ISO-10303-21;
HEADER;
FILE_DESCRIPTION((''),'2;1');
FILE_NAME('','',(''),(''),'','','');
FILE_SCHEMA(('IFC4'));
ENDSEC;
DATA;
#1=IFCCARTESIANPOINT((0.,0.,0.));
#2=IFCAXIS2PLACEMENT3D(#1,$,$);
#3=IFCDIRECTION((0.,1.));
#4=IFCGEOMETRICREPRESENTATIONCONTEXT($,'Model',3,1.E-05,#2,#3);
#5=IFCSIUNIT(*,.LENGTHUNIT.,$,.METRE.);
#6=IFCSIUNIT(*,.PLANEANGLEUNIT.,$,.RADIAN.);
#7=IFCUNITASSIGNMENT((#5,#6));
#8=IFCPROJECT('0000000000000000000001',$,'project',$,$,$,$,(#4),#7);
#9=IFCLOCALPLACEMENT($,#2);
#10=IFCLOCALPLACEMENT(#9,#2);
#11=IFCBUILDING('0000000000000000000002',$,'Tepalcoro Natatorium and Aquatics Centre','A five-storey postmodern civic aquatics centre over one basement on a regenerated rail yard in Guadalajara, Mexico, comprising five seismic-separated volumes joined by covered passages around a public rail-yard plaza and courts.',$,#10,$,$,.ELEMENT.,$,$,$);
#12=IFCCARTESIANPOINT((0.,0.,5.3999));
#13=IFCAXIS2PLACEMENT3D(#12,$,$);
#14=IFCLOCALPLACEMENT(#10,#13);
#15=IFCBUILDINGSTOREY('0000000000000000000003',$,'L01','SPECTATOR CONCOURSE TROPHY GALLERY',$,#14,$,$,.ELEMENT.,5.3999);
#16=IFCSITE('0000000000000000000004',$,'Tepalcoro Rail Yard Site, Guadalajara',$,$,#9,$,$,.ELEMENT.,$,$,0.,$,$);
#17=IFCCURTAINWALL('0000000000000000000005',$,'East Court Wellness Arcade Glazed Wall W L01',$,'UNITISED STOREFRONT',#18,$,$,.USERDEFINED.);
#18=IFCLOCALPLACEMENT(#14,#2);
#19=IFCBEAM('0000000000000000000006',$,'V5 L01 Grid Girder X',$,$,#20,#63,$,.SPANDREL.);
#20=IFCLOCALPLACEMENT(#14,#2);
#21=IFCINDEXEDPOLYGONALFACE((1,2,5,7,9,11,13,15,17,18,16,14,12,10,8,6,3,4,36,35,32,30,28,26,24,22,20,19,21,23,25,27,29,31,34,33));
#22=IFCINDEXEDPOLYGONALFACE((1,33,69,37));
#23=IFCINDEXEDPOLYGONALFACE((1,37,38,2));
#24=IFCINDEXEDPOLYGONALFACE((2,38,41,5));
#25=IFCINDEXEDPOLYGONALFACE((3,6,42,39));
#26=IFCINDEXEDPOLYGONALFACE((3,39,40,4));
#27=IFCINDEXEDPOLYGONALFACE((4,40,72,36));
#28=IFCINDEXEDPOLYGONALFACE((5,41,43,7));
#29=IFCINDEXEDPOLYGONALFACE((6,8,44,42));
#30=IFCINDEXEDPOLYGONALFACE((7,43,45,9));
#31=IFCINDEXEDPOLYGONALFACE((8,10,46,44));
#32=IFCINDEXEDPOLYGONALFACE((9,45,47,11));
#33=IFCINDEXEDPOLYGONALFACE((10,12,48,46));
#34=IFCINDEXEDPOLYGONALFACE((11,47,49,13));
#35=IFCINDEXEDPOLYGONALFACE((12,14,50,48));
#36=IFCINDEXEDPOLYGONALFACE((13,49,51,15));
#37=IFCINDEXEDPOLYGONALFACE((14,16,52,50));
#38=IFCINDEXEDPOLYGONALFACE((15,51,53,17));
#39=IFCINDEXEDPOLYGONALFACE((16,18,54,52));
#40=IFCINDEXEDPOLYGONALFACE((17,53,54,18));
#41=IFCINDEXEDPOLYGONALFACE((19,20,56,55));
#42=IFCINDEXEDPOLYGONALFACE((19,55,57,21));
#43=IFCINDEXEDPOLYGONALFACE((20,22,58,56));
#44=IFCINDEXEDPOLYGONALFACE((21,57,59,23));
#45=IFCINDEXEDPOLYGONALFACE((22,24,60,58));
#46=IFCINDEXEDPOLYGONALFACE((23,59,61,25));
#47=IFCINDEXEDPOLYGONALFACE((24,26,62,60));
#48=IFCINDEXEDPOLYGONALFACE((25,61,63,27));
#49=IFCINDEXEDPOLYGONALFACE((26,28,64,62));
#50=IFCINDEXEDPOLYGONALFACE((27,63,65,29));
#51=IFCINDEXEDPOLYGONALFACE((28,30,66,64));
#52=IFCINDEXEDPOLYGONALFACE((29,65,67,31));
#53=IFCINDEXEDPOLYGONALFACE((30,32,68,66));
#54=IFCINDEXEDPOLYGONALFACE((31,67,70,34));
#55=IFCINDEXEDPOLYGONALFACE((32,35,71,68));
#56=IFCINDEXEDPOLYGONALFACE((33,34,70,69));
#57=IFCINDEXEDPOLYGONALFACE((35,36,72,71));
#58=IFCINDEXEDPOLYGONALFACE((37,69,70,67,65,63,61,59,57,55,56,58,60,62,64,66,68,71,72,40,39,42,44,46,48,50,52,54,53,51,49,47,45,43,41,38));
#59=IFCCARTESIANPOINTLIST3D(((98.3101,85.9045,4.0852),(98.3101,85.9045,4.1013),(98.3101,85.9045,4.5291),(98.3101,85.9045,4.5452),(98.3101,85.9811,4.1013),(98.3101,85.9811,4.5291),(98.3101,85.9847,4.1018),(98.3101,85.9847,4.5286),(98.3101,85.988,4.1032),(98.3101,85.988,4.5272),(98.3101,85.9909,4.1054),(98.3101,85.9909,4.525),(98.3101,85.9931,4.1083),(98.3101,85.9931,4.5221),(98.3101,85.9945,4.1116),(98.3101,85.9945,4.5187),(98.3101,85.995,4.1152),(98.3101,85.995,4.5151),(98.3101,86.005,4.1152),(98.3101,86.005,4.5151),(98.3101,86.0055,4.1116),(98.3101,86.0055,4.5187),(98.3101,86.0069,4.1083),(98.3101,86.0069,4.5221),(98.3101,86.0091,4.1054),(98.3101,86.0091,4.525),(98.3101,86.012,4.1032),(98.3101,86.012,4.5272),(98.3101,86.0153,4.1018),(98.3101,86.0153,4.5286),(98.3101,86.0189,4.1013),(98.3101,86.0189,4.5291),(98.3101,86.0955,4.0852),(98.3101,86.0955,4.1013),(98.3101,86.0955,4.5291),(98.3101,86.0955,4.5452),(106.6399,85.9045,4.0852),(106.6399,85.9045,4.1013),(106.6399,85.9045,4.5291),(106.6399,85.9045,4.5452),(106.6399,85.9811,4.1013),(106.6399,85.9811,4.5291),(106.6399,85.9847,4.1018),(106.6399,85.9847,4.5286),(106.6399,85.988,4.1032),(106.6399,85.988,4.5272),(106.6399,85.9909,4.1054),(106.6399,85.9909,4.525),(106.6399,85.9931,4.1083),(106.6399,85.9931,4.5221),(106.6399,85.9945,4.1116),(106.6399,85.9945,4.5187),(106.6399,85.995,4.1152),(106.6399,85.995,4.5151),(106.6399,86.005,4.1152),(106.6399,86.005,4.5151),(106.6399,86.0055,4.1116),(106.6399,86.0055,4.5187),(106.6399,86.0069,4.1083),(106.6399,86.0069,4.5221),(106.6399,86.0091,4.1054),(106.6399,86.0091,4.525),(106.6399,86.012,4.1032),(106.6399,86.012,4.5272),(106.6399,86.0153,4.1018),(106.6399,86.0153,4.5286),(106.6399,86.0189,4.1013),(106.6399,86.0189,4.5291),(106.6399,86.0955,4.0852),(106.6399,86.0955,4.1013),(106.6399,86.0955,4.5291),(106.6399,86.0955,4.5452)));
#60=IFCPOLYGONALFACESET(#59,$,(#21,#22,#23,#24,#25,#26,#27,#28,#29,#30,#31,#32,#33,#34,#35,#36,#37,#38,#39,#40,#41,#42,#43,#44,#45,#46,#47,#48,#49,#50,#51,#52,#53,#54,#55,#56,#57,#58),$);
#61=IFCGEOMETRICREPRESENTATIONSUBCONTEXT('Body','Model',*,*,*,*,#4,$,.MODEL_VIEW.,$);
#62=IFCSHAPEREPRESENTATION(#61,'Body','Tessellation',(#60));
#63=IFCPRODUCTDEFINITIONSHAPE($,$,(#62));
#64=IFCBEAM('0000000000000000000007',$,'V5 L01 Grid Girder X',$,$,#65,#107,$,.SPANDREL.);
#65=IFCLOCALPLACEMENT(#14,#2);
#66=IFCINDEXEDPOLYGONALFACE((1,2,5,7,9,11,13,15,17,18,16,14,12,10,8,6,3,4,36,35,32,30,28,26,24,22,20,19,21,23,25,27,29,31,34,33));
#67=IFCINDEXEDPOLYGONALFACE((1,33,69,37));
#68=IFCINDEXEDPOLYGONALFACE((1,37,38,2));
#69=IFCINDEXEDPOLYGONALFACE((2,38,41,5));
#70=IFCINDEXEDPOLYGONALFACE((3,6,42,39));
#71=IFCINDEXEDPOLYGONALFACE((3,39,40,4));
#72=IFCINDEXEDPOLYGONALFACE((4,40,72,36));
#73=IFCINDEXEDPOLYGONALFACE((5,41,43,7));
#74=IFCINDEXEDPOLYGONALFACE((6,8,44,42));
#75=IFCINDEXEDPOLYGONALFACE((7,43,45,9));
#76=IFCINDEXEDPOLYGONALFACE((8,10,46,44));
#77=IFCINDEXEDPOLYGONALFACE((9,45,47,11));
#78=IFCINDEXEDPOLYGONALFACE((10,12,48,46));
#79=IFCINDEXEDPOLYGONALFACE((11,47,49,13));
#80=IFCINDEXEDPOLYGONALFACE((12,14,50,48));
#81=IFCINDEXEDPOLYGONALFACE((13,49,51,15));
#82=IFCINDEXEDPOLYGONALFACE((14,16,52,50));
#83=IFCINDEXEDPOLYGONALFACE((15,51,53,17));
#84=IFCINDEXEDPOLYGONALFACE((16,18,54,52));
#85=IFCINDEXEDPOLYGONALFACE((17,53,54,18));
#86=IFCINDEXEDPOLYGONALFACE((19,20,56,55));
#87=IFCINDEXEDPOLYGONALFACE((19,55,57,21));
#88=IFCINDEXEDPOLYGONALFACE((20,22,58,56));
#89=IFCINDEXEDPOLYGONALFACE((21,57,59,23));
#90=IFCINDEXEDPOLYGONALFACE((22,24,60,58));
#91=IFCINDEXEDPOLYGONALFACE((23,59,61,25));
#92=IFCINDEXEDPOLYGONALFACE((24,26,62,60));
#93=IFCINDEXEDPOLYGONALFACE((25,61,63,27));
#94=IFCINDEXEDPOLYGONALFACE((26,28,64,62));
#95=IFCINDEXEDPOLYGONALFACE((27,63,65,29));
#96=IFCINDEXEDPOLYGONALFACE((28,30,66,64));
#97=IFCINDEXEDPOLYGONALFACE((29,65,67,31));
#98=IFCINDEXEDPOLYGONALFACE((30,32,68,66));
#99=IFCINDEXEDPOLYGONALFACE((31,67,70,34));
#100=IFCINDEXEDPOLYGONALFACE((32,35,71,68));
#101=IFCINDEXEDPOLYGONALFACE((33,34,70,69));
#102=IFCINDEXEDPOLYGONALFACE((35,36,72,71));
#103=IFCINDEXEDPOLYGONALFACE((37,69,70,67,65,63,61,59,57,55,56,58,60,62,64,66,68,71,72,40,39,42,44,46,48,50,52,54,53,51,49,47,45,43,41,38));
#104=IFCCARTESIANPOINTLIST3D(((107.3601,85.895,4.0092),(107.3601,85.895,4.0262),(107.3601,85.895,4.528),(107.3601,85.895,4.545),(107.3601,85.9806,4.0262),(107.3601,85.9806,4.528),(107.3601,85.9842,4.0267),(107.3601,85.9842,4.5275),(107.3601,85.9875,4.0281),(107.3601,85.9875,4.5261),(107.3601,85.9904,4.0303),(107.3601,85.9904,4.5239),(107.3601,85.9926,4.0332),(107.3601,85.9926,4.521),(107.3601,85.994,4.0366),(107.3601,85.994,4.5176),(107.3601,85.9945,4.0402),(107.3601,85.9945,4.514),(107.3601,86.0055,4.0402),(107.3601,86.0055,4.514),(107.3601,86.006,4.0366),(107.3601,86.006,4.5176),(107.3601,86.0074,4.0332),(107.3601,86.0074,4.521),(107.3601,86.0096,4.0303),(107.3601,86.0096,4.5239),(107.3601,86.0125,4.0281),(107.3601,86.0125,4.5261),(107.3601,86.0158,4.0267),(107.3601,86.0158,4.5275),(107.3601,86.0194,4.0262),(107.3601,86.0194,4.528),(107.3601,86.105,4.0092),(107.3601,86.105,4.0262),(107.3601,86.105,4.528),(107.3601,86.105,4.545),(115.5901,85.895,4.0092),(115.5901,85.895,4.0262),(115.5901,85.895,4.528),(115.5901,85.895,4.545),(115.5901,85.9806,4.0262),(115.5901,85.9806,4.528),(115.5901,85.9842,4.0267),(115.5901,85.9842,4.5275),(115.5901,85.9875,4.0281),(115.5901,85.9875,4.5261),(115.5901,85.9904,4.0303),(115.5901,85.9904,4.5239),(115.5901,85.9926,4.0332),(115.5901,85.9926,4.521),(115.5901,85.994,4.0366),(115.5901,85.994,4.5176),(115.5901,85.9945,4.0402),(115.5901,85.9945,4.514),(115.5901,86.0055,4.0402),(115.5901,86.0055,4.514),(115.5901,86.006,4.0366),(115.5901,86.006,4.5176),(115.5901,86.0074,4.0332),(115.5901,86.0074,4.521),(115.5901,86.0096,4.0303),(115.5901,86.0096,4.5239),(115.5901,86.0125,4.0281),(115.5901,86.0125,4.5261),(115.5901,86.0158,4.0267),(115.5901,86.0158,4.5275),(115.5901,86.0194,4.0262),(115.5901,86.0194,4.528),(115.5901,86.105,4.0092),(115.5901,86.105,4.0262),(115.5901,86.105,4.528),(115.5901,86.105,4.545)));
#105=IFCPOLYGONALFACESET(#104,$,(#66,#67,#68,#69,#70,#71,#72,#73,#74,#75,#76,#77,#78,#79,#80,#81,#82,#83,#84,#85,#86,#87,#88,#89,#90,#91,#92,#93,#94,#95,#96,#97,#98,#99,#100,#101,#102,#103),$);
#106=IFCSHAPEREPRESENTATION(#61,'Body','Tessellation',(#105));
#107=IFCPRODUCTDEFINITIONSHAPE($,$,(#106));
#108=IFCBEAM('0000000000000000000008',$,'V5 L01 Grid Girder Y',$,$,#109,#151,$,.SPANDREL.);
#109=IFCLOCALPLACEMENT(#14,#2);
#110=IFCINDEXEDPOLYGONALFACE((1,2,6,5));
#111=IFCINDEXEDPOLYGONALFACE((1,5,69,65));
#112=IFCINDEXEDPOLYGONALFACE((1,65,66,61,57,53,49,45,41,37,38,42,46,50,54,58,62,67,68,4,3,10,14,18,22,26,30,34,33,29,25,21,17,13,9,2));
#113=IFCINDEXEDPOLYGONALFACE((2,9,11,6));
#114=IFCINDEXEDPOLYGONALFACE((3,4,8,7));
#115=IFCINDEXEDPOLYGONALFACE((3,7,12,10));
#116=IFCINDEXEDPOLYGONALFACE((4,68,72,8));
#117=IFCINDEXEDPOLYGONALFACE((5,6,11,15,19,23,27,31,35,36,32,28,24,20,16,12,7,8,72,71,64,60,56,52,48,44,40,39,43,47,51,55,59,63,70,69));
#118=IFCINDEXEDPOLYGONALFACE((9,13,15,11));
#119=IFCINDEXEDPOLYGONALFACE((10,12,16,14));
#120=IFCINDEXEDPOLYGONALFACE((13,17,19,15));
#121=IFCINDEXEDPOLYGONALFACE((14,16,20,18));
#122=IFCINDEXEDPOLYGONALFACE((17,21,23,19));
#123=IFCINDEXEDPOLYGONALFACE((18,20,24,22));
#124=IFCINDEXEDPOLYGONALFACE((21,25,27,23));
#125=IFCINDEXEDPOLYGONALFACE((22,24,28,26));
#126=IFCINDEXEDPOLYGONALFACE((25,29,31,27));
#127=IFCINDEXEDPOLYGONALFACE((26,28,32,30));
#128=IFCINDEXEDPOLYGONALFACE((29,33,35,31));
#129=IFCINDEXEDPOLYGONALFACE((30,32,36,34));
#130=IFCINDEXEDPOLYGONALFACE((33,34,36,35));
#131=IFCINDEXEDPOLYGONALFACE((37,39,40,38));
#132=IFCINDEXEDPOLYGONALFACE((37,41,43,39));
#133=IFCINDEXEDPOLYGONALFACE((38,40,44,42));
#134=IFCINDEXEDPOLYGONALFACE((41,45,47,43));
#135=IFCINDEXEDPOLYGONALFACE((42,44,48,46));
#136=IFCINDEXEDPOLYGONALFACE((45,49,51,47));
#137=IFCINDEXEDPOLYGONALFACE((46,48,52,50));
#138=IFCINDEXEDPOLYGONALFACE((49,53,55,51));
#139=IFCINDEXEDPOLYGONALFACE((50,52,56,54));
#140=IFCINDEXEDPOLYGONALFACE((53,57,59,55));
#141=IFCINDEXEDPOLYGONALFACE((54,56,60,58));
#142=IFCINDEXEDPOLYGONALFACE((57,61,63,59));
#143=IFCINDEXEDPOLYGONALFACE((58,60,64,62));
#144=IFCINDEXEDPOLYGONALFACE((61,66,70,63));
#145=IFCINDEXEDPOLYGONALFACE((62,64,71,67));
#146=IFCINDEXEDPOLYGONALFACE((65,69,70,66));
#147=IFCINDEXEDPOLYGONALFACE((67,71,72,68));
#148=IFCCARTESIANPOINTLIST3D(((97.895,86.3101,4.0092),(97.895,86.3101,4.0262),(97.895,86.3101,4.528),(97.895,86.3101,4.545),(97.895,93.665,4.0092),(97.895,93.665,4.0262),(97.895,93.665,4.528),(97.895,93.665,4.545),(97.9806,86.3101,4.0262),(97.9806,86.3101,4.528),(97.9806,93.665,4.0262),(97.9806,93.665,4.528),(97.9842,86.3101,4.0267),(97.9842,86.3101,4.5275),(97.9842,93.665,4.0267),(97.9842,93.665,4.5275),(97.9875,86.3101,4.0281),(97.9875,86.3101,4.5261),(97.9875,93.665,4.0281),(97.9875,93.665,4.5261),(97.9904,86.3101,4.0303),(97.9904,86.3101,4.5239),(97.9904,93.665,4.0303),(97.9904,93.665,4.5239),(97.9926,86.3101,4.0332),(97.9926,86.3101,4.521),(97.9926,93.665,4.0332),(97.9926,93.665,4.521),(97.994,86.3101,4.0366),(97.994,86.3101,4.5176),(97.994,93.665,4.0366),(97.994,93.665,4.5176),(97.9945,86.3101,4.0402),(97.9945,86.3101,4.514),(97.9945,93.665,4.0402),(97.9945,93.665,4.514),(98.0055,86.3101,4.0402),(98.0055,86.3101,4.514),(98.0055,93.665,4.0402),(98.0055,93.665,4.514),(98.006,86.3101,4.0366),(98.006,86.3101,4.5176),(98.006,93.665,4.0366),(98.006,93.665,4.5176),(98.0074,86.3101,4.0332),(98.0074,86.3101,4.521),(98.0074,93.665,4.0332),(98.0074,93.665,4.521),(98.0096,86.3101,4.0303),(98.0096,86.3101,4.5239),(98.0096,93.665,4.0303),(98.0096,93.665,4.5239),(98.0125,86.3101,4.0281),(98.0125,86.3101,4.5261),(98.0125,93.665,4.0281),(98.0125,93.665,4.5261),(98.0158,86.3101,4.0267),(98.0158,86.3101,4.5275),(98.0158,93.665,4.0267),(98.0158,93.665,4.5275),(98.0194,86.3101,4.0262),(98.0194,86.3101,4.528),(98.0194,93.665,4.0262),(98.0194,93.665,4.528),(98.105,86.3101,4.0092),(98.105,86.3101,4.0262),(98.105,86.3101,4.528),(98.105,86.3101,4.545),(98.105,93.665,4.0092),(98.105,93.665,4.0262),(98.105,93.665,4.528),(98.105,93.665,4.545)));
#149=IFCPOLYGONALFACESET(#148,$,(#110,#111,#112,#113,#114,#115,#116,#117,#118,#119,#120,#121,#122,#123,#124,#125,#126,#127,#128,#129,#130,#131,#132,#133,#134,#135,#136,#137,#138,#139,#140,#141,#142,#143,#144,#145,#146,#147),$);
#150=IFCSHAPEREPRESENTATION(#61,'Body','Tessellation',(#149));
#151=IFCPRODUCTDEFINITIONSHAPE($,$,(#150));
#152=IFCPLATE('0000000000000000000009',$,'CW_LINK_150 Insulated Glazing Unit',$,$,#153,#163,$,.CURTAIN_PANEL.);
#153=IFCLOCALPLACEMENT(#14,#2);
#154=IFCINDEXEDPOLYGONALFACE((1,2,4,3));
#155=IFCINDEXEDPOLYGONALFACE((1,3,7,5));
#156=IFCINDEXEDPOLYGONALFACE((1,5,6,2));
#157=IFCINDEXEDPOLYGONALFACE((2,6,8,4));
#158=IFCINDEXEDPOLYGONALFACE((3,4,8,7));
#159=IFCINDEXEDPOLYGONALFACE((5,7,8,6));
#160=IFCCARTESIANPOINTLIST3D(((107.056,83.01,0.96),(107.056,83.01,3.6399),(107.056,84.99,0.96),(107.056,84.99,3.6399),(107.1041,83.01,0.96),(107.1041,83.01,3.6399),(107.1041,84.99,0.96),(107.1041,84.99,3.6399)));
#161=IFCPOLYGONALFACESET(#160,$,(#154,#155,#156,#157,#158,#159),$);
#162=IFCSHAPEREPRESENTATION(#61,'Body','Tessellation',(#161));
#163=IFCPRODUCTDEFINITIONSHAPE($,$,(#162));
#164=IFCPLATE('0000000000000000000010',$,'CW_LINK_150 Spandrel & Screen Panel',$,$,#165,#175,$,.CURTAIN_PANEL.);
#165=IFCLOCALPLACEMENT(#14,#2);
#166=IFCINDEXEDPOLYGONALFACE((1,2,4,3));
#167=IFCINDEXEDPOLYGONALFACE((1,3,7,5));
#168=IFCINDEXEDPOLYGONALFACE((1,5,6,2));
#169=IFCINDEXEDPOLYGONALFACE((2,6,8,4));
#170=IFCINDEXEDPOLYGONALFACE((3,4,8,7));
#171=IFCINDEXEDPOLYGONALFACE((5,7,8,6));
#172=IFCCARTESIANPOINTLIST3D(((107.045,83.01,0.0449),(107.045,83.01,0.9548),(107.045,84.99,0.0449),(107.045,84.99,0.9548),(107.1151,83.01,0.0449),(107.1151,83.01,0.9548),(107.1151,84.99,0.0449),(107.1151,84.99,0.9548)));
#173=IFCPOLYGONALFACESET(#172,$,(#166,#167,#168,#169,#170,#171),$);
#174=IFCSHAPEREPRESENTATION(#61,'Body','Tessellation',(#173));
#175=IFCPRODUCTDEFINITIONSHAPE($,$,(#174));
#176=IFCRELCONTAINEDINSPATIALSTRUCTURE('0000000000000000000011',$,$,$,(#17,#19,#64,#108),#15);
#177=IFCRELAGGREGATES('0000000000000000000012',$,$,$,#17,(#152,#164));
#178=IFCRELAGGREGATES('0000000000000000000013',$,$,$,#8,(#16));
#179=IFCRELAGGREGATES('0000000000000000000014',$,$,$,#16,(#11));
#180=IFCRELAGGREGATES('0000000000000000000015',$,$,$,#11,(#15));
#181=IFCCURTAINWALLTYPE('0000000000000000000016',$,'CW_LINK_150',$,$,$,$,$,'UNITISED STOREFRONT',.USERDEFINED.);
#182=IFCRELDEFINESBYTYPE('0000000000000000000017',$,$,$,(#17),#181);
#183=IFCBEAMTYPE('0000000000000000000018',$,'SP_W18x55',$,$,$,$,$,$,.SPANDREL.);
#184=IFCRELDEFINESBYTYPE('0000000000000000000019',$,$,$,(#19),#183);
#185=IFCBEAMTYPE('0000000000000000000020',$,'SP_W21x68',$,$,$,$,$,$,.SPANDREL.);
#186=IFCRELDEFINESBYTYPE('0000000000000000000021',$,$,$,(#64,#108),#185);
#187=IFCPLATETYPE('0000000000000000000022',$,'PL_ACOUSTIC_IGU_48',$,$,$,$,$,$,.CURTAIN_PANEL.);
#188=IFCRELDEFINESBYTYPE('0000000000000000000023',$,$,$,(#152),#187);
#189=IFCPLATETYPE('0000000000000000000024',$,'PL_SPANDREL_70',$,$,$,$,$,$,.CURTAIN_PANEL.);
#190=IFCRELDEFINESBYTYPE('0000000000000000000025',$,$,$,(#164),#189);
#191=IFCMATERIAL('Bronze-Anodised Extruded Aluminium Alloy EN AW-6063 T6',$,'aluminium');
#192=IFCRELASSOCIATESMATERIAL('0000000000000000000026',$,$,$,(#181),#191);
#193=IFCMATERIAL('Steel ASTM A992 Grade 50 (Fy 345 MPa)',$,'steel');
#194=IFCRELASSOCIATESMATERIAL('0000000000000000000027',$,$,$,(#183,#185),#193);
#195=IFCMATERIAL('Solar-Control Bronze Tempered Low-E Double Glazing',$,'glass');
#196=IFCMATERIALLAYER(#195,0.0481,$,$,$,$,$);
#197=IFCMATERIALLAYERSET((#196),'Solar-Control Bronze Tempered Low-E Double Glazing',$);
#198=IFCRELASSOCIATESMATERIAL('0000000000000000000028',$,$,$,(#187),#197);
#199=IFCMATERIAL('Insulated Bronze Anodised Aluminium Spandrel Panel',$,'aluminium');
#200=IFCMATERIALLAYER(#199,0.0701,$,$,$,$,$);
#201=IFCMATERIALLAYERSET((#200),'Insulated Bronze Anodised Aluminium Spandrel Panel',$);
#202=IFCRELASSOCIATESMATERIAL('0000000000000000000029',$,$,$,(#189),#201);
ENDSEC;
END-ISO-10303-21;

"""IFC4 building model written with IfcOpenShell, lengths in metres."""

from ifc_helpers import new_model, si_unit, direction, frame, origin, origin_2d, place, context, subcontext, project, spatial, rectangle, i_section, extrude, material, layer, layer_set, material_profile, profile_set, type_object, element, aggregate, save


model = new_model("IFC4")

# Units and contexts
model_context = context("Model", 3, precision=1e-05, world=origin(), true_north=direction((0.0, 1.0)))
body_context = subcontext(model_context, "Body", "Model", "MODEL_VIEW")
ifc_project = project(units=[si_unit("LENGTHUNIT", "METRE"), si_unit("PLANEANGLEUNIT", "RADIAN")], contexts=[model_context])

# Site, building, storey
site_placement = place(None, origin())
site = spatial("IfcSite", under=ifc_project, at=site_placement, Name="Tepalcoro Rail Yard Site, Guadalajara", CompositionType="ELEMENT", RefElevation=0.0)
building_placement = place(site_placement, origin())
building = spatial("IfcBuilding", under=site, at=building_placement, Name="Tepalcoro Natatorium and Aquatics Centre", Description="A five-storey postmodern civic aquatics centre over one basement on a regenerated rail yard in Guadalajara, Mexico, comprising five seismic-separated volumes joined by covered passages around a public rail-yard plaza and courts.", CompositionType="ELEMENT")
storey_placement = place(building_placement, frame((0.0, 0.0, 5.3999)))
storey = spatial("IfcBuildingStorey", under=building, at=storey_placement, Name="L01", Description="SPECTATOR CONCOURSE TROPHY GALLERY", CompositionType="ELEMENT", Elevation=5.3999)

# Shared definitions
ifc_material_1 = material(Name="Steel ASTM A992 Grade 50 (Fy 345 MPa)", Category="steel")

# Curtain wall
ifc_material_2 = material(Name="Bronze-Anodised Extruded Aluminium Alloy EN AW-6063 T6", Category="aluminium")
curtain_wall_type_1 = type_object("IfcCurtainWallType", Name="CW_LINK_150", ElementType="UNITISED STOREFRONT", PredefinedType="USERDEFINED", material=ifc_material_2)
curtain_wall_1_placement = place(storey_placement, origin())
curtain_wall_1 = element("IfcCurtainWall", 1, at=curtain_wall_1_placement, inside=storey, type_object=curtain_wall_type_1, Name="East Court Wellness Arcade Glazed Wall W L01", ObjectType="UNITISED STOREFRONT", PredefinedType="USERDEFINED")

# Beams
ifc_material_profile_1 = material_profile(ifc_material_1, i_section(OverallWidth=0.1909, OverallDepth=0.46, WebThickness=0.01, FlangeThickness=0.0161, FilletRadius=0.0139, at=origin_2d()), Name="W18X55")
ifc_profile_set_1 = profile_set([ifc_material_profile_1], Name="Steel ASTM A992 Grade 50 (Fy 345 MPa)")
beam_type_1 = type_object("IfcBeamType", Name="SP_W18x55", PredefinedType="SPANDREL", material=ifc_profile_set_1)
beam_1_placement = place(storey_placement, frame((98.3101, 86.0, 4.3152), z_axis=(1.0, 0.0, 0.0), x_axis=(0.0, 1.0, 0.0)))
element("IfcBeam", 2, at=beam_1_placement, inside=storey, type_object=beam_type_1, Name="V5 L01 Grid Girder X", PredefinedType="SPANDREL", context=body_context, shape_type="SweptSolid", body=[
    extrude(i_section(OverallWidth=0.1909, OverallDepth=0.46, WebThickness=0.01, FlangeThickness=0.0161, FilletRadius=0.0139, at=origin_2d()), origin(), (0.0, 0.0, 1.0), 8.3298),
])
ifc_material_profile_2 = material_profile(ifc_material_1, i_section(OverallWidth=0.21, OverallDepth=0.5359, WebThickness=0.011, FlangeThickness=0.0171, FilletRadius=0.0139, at=origin_2d()), Name="W21X68")
ifc_profile_set_2 = profile_set([ifc_material_profile_2], Name="Steel ASTM A992 Grade 50 (Fy 345 MPa)")
beam_type_2 = type_object("IfcBeamType", Name="SP_W21x68", PredefinedType="SPANDREL", material=ifc_profile_set_2)
beam_2_placement = place(storey_placement, frame((107.3601, 86.0, 4.2771), z_axis=(1.0, 0.0, 0.0), x_axis=(0.0, 1.0, 0.0)))
element("IfcBeam", 3, at=beam_2_placement, inside=storey, type_object=beam_type_2, Name="V5 L01 Grid Girder X", PredefinedType="SPANDREL", context=body_context, shape_type="SweptSolid", body=[
    extrude(i_section(OverallWidth=0.21, OverallDepth=0.5359, WebThickness=0.011, FlangeThickness=0.0171, FilletRadius=0.0139, at=origin_2d()), origin(), (0.0, 0.0, 1.0), 8.23),
])
beam_3_placement = place(storey_placement, frame((98.0, 86.3101, 4.2771), z_axis=(0.0, 1.0, 0.0), x_axis=(-1.0, 0.0, 0.0)))
element("IfcBeam", 4, at=beam_3_placement, inside=storey, type_object=beam_type_2, Name="V5 L01 Grid Girder Y", PredefinedType="SPANDREL", context=body_context, shape_type="SweptSolid", body=[
    extrude(i_section(OverallWidth=0.21, OverallDepth=0.5359, WebThickness=0.011, FlangeThickness=0.0171, FilletRadius=0.0139, at=origin_2d()), origin(), (0.0, 0.0, 1.0), 7.355),
])

# Plates
ifc_material_3 = material(Name="Solar-Control Bronze Tempered Low-E Double Glazing", Category="glass")
ifc_layer_1 = layer(ifc_material_3, 0.0481)
ifc_layer_set_1 = layer_set([ifc_layer_1], Name="Solar-Control Bronze Tempered Low-E Double Glazing")
plate_type_1 = type_object("IfcPlateType", Name="PL_ACOUSTIC_IGU_48", PredefinedType="CURTAIN_PANEL", material=ifc_layer_set_1)
plate_1_placement = place(storey_placement, frame((107.0801, 84.0, 0.96), z_axis=(0.0, 0.0, 1.0), x_axis=(1.0, 0.0, 0.0)))
plate_1 = element("IfcPlate", 5, at=plate_1_placement, type_object=plate_type_1, Name="CW_LINK_150 Insulated Glazing Unit", PredefinedType="CURTAIN_PANEL", context=body_context, shape_type="SweptSolid", body=[
    extrude(rectangle(XDim=0.0481, YDim=1.98, at=origin_2d()), origin(), (0.0, 0.0, 1.0), 2.6799),
])
ifc_material_4 = material(Name="Insulated Bronze Anodised Aluminium Spandrel Panel", Category="aluminium")
ifc_layer_2 = layer(ifc_material_4, 0.0701)
ifc_layer_set_2 = layer_set([ifc_layer_2], Name="Insulated Bronze Anodised Aluminium Spandrel Panel")
plate_type_2 = type_object("IfcPlateType", Name="PL_SPANDREL_70", PredefinedType="CURTAIN_PANEL", material=ifc_layer_set_2)
plate_2_placement = place(storey_placement, frame((107.0801, 84.0, 0.0449), z_axis=(0.0, 0.0, 1.0), x_axis=(1.0, 0.0, 0.0)))
plate_2 = element("IfcPlate", 6, at=plate_2_placement, type_object=plate_type_2, Name="CW_LINK_150 Spandrel & Screen Panel", PredefinedType="CURTAIN_PANEL", context=body_context, shape_type="SweptSolid", body=[
    extrude(rectangle(XDim=0.0701, YDim=1.98, at=origin_2d()), origin(), (0.0, 0.0, 1.0), 0.9099),
])
aggregate(curtain_wall_1, [plate_1, plate_2])

save(model, "model.ifc")
